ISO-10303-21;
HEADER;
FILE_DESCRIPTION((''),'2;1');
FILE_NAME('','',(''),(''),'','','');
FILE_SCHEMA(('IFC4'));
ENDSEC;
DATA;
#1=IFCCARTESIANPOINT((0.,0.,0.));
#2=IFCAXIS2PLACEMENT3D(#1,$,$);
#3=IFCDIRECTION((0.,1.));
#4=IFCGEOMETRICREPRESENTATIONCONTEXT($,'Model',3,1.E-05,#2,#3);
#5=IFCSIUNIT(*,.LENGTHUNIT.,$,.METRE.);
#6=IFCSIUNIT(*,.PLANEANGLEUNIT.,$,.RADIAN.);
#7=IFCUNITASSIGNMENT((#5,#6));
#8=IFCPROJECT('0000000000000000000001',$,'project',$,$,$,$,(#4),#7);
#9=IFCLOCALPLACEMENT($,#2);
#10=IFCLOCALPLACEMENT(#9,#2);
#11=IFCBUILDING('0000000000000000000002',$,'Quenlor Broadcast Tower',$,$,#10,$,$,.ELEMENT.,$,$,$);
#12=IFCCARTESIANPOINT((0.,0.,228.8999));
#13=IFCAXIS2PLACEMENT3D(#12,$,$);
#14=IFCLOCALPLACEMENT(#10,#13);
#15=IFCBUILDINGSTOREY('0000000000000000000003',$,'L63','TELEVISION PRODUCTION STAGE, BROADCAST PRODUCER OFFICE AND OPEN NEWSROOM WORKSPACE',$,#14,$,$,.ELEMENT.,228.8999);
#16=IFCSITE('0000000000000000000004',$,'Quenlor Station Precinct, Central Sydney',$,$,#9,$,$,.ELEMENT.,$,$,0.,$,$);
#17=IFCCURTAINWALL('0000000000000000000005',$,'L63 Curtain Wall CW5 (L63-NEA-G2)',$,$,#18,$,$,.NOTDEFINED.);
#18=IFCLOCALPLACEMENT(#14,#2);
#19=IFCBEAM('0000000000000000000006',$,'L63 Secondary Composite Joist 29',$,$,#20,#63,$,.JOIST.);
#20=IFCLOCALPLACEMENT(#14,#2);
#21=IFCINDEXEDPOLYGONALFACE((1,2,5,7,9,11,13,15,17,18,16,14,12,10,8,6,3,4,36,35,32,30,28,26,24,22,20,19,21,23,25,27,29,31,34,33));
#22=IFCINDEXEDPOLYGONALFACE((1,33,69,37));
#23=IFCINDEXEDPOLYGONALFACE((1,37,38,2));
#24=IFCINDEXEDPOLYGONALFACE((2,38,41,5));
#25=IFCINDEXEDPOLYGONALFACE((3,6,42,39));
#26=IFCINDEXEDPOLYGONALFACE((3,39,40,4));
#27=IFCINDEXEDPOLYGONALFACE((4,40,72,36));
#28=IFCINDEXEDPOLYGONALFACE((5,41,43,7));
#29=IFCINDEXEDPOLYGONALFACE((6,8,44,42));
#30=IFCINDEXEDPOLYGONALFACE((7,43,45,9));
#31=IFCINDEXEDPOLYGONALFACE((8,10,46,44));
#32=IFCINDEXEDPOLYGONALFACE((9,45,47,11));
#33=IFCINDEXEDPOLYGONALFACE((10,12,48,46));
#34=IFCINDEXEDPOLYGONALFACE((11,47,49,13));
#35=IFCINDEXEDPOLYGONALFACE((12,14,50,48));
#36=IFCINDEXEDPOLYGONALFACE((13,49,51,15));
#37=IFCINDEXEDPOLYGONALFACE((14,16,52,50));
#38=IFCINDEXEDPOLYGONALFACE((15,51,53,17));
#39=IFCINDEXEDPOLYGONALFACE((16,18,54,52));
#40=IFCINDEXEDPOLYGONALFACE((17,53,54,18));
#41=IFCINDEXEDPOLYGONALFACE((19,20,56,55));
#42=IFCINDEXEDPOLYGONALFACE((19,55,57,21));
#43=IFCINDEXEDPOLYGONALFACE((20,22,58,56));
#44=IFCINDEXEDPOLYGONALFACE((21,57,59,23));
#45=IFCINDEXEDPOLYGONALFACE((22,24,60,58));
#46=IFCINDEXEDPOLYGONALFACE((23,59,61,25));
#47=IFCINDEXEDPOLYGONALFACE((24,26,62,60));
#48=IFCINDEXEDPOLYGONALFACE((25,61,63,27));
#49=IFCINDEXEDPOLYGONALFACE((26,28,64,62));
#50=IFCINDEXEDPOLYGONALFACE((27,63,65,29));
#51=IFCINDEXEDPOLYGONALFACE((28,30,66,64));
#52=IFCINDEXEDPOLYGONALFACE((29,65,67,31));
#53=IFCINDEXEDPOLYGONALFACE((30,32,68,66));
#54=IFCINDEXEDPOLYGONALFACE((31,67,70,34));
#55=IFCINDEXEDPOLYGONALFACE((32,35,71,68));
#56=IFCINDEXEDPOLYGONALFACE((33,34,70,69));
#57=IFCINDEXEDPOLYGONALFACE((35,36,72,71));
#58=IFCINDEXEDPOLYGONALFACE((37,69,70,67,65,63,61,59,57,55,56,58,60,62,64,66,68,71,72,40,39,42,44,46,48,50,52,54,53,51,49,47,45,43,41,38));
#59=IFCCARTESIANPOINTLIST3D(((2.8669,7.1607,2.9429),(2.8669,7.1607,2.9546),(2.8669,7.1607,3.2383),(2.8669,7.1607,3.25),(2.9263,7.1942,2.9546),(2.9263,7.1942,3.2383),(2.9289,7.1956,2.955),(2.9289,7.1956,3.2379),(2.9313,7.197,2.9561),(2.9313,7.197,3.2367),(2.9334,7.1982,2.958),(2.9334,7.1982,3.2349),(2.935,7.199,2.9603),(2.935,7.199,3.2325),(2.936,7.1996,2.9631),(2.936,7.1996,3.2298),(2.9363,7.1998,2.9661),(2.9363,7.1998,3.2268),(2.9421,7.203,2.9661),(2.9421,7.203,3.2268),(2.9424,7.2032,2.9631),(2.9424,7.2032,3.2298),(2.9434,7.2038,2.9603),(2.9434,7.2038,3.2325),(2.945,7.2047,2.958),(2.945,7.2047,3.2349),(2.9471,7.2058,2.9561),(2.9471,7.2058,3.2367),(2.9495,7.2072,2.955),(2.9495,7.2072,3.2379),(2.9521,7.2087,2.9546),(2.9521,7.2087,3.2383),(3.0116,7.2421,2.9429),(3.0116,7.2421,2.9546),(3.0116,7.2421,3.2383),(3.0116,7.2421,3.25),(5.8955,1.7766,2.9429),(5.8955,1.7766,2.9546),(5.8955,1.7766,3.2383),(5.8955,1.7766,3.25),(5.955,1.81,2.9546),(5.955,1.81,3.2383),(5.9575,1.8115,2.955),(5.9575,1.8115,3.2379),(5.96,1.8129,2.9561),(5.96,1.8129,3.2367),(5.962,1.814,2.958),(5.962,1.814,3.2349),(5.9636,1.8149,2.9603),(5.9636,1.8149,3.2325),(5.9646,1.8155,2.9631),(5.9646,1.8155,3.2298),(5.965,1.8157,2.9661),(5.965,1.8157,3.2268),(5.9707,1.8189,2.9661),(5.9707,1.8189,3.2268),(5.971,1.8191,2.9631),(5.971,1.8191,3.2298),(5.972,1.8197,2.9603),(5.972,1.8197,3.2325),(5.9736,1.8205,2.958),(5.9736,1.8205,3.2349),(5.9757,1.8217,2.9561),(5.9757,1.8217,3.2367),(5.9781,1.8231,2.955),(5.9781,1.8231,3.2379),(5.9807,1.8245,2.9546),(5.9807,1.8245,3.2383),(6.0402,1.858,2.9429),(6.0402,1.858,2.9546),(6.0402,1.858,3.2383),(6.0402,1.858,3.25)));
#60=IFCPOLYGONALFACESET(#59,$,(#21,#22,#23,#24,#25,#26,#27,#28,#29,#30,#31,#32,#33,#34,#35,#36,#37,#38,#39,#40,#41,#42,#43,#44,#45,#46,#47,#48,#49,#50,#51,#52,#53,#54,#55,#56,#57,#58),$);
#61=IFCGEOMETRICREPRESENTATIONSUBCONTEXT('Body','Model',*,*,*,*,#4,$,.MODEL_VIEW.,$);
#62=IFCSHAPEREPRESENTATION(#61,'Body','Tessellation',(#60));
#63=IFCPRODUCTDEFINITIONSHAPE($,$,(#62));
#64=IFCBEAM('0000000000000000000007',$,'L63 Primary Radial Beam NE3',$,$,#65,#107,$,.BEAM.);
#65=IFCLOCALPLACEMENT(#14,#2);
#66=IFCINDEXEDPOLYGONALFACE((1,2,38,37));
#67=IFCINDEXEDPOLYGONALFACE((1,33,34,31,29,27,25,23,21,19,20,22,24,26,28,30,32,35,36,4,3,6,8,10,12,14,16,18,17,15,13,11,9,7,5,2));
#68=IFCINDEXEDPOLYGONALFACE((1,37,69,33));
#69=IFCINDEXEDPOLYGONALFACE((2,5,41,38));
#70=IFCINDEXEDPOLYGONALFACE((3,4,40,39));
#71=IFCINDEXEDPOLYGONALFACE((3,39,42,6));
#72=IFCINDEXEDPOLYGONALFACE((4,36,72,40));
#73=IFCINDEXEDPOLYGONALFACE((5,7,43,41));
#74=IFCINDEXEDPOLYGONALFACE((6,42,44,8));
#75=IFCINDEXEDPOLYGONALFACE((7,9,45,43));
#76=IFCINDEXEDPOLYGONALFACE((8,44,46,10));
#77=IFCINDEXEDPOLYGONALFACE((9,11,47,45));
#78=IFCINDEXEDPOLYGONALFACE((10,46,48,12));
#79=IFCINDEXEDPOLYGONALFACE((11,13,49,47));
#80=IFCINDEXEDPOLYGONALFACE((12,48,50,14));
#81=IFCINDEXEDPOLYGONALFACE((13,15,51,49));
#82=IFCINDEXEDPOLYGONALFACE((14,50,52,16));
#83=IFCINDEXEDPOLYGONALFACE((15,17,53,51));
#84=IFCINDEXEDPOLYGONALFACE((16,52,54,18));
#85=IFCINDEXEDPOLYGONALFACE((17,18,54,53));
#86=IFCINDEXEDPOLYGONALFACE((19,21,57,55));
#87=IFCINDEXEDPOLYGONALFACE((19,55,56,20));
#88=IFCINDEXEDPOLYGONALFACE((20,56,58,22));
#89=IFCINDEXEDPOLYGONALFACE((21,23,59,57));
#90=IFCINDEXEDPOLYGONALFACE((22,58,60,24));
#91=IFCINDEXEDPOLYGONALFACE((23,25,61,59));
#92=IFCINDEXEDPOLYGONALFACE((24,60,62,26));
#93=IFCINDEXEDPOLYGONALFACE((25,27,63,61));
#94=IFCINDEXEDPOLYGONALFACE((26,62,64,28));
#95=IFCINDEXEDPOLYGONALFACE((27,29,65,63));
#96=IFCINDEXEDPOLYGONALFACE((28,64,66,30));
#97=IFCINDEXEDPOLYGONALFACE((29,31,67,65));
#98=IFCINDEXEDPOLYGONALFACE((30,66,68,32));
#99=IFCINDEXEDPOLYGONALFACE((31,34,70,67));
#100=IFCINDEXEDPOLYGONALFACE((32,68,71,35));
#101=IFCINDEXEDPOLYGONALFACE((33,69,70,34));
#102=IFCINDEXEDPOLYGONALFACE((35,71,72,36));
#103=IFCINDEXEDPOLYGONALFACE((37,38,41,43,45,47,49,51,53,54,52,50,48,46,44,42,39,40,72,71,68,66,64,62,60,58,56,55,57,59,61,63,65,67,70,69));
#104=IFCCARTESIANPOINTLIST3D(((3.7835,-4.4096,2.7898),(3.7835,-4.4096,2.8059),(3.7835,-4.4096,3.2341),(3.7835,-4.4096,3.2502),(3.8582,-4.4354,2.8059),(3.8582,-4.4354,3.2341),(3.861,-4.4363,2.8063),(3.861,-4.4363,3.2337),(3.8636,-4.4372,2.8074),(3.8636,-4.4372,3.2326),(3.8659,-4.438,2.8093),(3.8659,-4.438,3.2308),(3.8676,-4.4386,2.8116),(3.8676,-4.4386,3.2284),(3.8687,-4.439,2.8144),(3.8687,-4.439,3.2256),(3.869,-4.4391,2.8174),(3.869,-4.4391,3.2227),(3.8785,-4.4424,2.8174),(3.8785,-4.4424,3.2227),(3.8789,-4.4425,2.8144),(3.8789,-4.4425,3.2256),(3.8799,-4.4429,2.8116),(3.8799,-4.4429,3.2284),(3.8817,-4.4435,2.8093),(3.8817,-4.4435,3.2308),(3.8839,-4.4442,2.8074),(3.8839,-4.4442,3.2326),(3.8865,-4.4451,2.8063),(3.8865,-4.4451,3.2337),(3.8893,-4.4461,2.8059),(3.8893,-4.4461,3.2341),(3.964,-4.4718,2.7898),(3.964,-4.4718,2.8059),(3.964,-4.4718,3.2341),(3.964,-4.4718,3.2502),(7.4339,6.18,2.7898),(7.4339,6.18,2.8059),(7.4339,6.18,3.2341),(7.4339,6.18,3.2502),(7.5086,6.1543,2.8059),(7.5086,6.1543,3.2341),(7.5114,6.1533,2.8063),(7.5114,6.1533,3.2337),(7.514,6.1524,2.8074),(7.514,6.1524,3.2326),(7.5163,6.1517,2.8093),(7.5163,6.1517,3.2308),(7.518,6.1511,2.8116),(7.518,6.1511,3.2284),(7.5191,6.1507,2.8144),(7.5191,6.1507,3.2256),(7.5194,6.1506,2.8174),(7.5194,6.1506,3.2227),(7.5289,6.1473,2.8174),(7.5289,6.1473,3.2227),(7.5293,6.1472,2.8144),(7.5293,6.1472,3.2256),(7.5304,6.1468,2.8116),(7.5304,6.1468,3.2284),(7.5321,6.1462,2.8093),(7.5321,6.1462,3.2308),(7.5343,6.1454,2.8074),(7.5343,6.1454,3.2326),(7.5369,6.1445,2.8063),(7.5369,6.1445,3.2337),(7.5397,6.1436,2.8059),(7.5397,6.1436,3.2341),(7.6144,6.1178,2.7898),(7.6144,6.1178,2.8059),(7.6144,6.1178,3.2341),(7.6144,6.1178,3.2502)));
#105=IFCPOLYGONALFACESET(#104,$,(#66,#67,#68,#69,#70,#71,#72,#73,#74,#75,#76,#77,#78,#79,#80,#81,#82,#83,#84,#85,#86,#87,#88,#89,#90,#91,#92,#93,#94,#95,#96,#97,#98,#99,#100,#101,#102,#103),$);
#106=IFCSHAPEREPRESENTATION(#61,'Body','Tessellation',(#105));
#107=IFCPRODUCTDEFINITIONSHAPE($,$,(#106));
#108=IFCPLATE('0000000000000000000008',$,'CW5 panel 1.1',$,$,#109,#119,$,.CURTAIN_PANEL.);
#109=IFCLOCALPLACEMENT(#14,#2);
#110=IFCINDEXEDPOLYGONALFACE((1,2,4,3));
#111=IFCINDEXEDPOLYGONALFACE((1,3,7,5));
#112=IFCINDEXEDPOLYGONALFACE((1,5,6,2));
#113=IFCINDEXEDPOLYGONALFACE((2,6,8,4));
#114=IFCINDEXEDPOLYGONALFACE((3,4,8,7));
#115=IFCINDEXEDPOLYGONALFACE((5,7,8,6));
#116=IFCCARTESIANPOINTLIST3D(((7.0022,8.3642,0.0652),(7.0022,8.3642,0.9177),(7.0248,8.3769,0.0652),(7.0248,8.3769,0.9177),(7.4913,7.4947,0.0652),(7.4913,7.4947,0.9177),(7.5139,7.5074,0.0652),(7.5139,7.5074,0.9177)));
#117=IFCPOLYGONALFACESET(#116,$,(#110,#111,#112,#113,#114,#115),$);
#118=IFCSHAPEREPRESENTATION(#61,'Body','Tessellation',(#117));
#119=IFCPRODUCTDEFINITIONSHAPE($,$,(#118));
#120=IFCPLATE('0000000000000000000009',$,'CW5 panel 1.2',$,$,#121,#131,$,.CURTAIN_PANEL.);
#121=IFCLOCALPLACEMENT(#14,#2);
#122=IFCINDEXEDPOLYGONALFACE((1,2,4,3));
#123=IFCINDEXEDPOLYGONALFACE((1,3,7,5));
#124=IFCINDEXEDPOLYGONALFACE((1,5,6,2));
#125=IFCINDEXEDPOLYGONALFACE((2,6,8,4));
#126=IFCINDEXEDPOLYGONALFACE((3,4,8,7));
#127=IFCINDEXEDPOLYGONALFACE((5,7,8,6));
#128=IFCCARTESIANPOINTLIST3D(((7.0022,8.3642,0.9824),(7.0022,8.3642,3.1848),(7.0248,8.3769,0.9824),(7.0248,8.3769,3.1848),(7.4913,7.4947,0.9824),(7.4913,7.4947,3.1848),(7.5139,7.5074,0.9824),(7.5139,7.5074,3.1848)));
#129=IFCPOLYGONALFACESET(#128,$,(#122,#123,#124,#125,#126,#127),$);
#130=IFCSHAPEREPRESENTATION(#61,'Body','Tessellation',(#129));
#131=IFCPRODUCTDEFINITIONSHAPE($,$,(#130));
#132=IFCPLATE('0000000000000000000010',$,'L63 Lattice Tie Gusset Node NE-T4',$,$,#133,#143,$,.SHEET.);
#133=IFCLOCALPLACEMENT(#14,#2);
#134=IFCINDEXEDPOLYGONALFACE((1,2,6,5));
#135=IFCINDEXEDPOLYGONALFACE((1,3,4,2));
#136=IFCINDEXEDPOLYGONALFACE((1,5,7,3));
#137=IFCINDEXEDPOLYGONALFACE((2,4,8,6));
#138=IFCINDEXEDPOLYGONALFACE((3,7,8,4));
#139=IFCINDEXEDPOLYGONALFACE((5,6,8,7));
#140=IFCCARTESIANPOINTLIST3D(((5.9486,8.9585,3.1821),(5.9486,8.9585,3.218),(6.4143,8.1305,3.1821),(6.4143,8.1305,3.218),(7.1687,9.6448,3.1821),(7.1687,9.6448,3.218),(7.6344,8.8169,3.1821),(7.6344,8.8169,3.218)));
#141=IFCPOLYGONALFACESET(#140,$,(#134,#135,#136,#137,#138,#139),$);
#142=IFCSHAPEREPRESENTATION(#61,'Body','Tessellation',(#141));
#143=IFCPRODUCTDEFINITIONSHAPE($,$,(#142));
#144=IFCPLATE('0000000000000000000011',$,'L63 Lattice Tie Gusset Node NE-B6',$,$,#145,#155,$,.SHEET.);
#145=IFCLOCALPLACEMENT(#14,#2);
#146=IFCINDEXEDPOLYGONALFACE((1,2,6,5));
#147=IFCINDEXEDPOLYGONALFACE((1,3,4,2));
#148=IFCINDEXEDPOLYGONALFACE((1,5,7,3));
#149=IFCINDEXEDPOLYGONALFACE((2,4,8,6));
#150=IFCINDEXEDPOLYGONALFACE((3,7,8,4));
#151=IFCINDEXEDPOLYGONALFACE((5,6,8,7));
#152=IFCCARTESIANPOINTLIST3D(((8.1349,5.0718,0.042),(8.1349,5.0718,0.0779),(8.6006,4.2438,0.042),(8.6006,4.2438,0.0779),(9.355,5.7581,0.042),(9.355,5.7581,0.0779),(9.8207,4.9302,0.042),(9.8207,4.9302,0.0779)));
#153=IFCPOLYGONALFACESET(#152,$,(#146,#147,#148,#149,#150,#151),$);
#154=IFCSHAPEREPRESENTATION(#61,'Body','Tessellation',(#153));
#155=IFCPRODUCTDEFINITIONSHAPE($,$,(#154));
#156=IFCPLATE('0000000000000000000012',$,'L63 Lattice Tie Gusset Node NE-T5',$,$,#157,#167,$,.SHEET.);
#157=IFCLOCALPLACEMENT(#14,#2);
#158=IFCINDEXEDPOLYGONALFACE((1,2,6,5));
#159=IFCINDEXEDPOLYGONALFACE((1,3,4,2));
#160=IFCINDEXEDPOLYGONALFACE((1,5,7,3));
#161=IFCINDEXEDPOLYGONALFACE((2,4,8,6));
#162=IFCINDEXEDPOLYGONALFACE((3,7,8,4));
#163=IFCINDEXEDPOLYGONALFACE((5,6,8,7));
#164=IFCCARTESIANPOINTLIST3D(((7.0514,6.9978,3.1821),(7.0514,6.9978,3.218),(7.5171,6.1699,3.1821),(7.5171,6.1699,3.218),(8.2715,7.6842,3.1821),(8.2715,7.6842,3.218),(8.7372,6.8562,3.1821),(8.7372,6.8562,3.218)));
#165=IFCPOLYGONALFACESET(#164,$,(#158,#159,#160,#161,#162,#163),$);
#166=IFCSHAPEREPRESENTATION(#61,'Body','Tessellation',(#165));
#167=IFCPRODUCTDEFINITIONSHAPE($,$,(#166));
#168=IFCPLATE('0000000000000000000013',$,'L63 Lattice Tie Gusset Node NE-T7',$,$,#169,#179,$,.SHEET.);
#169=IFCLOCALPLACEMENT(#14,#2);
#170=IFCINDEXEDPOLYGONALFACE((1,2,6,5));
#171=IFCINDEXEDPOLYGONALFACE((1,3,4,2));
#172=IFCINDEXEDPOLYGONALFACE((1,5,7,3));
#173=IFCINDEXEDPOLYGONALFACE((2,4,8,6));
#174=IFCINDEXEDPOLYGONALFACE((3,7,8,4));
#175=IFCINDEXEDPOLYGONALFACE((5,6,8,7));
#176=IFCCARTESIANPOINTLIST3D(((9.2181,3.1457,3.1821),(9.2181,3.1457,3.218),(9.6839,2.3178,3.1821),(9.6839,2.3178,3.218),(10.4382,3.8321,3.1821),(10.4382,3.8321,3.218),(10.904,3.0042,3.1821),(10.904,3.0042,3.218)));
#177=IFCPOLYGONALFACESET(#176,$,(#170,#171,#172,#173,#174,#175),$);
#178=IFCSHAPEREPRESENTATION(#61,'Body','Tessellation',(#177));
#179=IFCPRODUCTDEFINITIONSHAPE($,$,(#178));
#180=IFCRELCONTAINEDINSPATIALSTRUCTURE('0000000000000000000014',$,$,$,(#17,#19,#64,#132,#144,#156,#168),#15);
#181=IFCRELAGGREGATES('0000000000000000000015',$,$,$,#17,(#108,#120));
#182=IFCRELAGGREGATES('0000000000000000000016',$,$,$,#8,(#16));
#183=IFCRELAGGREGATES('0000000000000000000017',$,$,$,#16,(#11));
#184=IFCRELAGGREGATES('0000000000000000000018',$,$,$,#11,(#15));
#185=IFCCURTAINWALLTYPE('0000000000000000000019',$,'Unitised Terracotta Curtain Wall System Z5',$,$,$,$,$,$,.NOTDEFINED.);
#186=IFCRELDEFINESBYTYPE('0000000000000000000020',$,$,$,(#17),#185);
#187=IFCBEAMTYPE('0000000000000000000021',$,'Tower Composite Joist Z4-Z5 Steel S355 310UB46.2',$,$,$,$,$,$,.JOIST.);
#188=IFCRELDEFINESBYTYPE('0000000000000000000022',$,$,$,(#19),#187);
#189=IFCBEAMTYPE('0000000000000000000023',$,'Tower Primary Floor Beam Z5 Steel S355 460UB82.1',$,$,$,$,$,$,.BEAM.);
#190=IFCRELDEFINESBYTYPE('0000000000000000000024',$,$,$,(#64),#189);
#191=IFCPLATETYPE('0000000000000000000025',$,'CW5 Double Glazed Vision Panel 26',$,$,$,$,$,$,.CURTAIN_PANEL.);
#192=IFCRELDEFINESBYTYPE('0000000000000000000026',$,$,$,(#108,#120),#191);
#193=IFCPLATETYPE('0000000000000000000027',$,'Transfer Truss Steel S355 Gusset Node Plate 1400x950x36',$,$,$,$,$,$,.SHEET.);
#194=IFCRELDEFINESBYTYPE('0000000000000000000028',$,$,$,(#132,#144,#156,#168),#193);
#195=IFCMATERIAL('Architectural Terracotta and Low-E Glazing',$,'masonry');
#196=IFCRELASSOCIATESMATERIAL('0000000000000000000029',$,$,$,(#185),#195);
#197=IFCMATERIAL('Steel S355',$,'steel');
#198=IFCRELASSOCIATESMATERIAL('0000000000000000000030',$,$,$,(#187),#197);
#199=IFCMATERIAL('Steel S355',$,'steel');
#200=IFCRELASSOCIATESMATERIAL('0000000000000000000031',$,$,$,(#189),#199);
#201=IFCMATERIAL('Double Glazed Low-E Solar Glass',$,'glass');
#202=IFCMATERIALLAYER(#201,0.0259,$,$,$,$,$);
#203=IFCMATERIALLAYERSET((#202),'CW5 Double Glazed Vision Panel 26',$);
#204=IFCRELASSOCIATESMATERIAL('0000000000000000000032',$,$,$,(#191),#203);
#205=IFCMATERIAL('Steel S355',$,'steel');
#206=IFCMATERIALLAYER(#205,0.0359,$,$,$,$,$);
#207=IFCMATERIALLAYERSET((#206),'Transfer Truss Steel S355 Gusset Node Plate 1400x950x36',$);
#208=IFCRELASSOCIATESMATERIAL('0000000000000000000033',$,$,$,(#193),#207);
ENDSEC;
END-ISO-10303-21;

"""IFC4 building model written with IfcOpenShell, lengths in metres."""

from ifc_helpers import new_model, si_unit, direction, frame, origin, origin_2d, place, context, subcontext, project, spatial, rectangle, i_section, extrude, material, layer, layer_set, material_profile, profile_set, type_object, element, aggregate, save


model = new_model("IFC4")

# Units and contexts
model_context = context("Model", 3, precision=1e-05, world=origin(), true_north=direction((0.0, 1.0)))
body_context = subcontext(model_context, "Body", "Model", "MODEL_VIEW")
ifc_project = project(units=[si_unit("LENGTHUNIT", "METRE"), si_unit("PLANEANGLEUNIT", "RADIAN")], contexts=[model_context])

# Site, building, storey
site_placement = place(None, origin())
site = spatial("IfcSite", under=ifc_project, at=site_placement, Name="Quenlor Station Precinct, Central Sydney", CompositionType="ELEMENT", RefElevation=0.0)
building_placement = place(site_placement, origin())
building = spatial("IfcBuilding", under=site, at=building_placement, Name="Quenlor Broadcast Tower", CompositionType="ELEMENT")
storey_placement = place(building_placement, frame((0.0, 0.0, 228.8999)))
storey = spatial("IfcBuildingStorey", under=building, at=storey_placement, Name="L63", Description="TELEVISION PRODUCTION STAGE, BROADCAST PRODUCER OFFICE AND OPEN NEWSROOM WORKSPACE", CompositionType="ELEMENT", Elevation=228.8999)

# Curtain wall
ifc_material_1 = material(Name="Architectural Terracotta and Low-E Glazing", Category="masonry")
curtain_wall_type = type_object("IfcCurtainWallType", Name="Unitised Terracotta Curtain Wall System Z5", PredefinedType="NOTDEFINED", material=ifc_material_1)
curtain_wall_1_placement = place(storey_placement, origin())
curtain_wall_1 = element("IfcCurtainWall", 1, at=curtain_wall_1_placement, inside=storey, type_object=curtain_wall_type, Name="L63 Curtain Wall CW5 (L63-NEA-G2)", PredefinedType="NOTDEFINED")

# Beams
ifc_material_2 = material(Name="Steel S355", Category="steel")
ifc_material_profile_1 = material_profile(ifc_material_2, i_section(OverallWidth=0.166, OverallDepth=0.3071, WebThickness=0.0066, FlangeThickness=0.0117, FilletRadius=0.0115, at=origin_2d()))
ifc_profile_set_1 = profile_set([ifc_material_profile_1], Name="Steel S355 310UB46.2")
beam_type_1 = type_object("IfcBeamType", Name="Tower Composite Joist Z4-Z5 Steel S355 310UB46.2", PredefinedType="JOIST", material=ifc_profile_set_1)
beam_1_placement = place(storey_placement, frame((2.9392, 7.2014, 3.0964), z_axis=(0.490267, -0.871572, 0.0), x_axis=(0.871572, 0.490267, 0.0)))
element("IfcBeam", 2, at=beam_1_placement, inside=storey, type_object=beam_type_1, Name="L63 Secondary Composite Joist 29", PredefinedType="JOIST", context=body_context, shape_type="SweptSolid", body=[
    extrude(i_section(OverallWidth=0.166, OverallDepth=0.3071, WebThickness=0.0066, FlangeThickness=0.0117, FilletRadius=0.0115, at=origin_2d()), origin(), (0.0, 0.0, 1.0), 6.1775),
])
ifc_material_3 = material(Name="Steel S355", Category="steel")
ifc_material_profile_2 = material_profile(ifc_material_3, i_section(OverallWidth=0.1909, OverallDepth=0.4604, WebThickness=0.01, FlangeThickness=0.0161, FilletRadius=0.0115, at=origin_2d()))
ifc_profile_set_2 = profile_set([ifc_material_profile_2], Name="Steel S355 460UB82.1")
beam_type_2 = type_object("IfcBeamType", Name="Tower Primary Floor Beam Z5 Steel S355 460UB82.1", PredefinedType="BEAM", material=ifc_profile_set_2)
beam_2_placement = place(storey_placement, frame((7.5242, 6.1489, 3.02), z_axis=(-0.325895, -0.945406, 0.0), x_axis=(0.945406, -0.325895, 0.0)))
element("IfcBeam", 3, at=beam_2_placement, inside=storey, type_object=beam_type_2, Name="L63 Primary Radial Beam NE3", PredefinedType="BEAM", context=body_context, shape_type="SweptSolid", body=[
    extrude(i_section(OverallWidth=0.1909, OverallDepth=0.4604, WebThickness=0.01, FlangeThickness=0.0161, FilletRadius=0.0115, at=origin_2d()), origin(), (0.0, 0.0, 1.0), 11.2012),
])

# Plates
ifc_material_4 = material(Name="Double Glazed Low-E Solar Glass", Category="glass")
ifc_layer_1 = layer(ifc_material_4, 0.0259)
ifc_layer_set_1 = layer_set([ifc_layer_1], Name="CW5 Double Glazed Vision Panel 26")
plate_type_1 = type_object("IfcPlateType", Name="CW5 Double Glazed Vision Panel 26", PredefinedType="CURTAIN_PANEL", material=ifc_layer_set_1)
plate_1_placement = place(storey_placement, frame((7.2581, 7.9358, 0.0652), z_axis=(0.0, 0.0, 1.0), x_axis=(0.490282, -0.871564, 0.0)))
plate_1 = element("IfcPlate", 4, at=plate_1_placement, type_object=plate_type_1, Name="CW5 panel 1.1", PredefinedType="CURTAIN_PANEL", context=body_context, shape_type="SweptSolid", body=[
    extrude(rectangle(XDim=0.9976, YDim=0.0259, at=origin_2d()), origin(), (0.0, 0.0, 1.0), 0.8525),
])
plate_2_placement = place(storey_placement, frame((7.2581, 7.9358, 0.9824), z_axis=(0.0, 0.0, 1.0), x_axis=(0.490282, -0.871564, 0.0)))
plate_2 = element("IfcPlate", 5, at=plate_2_placement, type_object=plate_type_1, Name="CW5 panel 1.2", PredefinedType="CURTAIN_PANEL", context=body_context, shape_type="SweptSolid", body=[
    extrude(rectangle(XDim=0.9976, YDim=0.0259, at=origin_2d()), origin(), (0.0, 0.0, 1.0), 2.2024),
])
aggregate(curtain_wall_1, [plate_1, plate_2])

# Plates
ifc_material_5 = material(Name="Steel S355", Category="steel")
ifc_layer_2 = layer(ifc_material_5, 0.0359)
ifc_layer_set_2 = layer_set([ifc_layer_2], Name="Transfer Truss Steel S355 Gusset Node Plate 1400x950x36")
plate_type_2 = type_object("IfcPlateType", Name="Transfer Truss Steel S355 Gusset Node Plate 1400x950x36", PredefinedType="SHEET", material=ifc_layer_set_2)
for number, where, z_axis, x_axis, name in (
    (6, (6.7915, 8.8877, 3.1821), (0.0, 0.0, 1.0), (0.871556, 0.490295, 0.0), "L63 Lattice Tie Gusset Node NE-T4"),
    (7, (8.9778, 5.001, 0.042), (0.0, 0.0, 1.0), (0.871556, 0.490295, 0.0), "L63 Lattice Tie Gusset Node NE-B6"),
    (8, (7.8943, 6.927, 3.1821), (0.0, 0.0, 1.0), (0.871556, 0.490295, 0.0), "L63 Lattice Tie Gusset Node NE-T5"),
    (9, (10.061, 3.075, 3.1821), (0.0, 0.0, 1.0), (0.871556, 0.490295, 0.0), "L63 Lattice Tie Gusset Node NE-T7"),
):
    element("IfcPlate", number, at=place(storey_placement, frame(where, z_axis=z_axis, x_axis=x_axis)), inside=storey, type_object=plate_type_2, Name=name, PredefinedType="SHEET", context=body_context, shape_type="SweptSolid", body=[
        extrude(rectangle(XDim=1.3999, YDim=0.95, at=origin_2d()), origin(), (0.0, 0.0, 1.0), 0.0359),
    ])

save(model, "model.ifc")
